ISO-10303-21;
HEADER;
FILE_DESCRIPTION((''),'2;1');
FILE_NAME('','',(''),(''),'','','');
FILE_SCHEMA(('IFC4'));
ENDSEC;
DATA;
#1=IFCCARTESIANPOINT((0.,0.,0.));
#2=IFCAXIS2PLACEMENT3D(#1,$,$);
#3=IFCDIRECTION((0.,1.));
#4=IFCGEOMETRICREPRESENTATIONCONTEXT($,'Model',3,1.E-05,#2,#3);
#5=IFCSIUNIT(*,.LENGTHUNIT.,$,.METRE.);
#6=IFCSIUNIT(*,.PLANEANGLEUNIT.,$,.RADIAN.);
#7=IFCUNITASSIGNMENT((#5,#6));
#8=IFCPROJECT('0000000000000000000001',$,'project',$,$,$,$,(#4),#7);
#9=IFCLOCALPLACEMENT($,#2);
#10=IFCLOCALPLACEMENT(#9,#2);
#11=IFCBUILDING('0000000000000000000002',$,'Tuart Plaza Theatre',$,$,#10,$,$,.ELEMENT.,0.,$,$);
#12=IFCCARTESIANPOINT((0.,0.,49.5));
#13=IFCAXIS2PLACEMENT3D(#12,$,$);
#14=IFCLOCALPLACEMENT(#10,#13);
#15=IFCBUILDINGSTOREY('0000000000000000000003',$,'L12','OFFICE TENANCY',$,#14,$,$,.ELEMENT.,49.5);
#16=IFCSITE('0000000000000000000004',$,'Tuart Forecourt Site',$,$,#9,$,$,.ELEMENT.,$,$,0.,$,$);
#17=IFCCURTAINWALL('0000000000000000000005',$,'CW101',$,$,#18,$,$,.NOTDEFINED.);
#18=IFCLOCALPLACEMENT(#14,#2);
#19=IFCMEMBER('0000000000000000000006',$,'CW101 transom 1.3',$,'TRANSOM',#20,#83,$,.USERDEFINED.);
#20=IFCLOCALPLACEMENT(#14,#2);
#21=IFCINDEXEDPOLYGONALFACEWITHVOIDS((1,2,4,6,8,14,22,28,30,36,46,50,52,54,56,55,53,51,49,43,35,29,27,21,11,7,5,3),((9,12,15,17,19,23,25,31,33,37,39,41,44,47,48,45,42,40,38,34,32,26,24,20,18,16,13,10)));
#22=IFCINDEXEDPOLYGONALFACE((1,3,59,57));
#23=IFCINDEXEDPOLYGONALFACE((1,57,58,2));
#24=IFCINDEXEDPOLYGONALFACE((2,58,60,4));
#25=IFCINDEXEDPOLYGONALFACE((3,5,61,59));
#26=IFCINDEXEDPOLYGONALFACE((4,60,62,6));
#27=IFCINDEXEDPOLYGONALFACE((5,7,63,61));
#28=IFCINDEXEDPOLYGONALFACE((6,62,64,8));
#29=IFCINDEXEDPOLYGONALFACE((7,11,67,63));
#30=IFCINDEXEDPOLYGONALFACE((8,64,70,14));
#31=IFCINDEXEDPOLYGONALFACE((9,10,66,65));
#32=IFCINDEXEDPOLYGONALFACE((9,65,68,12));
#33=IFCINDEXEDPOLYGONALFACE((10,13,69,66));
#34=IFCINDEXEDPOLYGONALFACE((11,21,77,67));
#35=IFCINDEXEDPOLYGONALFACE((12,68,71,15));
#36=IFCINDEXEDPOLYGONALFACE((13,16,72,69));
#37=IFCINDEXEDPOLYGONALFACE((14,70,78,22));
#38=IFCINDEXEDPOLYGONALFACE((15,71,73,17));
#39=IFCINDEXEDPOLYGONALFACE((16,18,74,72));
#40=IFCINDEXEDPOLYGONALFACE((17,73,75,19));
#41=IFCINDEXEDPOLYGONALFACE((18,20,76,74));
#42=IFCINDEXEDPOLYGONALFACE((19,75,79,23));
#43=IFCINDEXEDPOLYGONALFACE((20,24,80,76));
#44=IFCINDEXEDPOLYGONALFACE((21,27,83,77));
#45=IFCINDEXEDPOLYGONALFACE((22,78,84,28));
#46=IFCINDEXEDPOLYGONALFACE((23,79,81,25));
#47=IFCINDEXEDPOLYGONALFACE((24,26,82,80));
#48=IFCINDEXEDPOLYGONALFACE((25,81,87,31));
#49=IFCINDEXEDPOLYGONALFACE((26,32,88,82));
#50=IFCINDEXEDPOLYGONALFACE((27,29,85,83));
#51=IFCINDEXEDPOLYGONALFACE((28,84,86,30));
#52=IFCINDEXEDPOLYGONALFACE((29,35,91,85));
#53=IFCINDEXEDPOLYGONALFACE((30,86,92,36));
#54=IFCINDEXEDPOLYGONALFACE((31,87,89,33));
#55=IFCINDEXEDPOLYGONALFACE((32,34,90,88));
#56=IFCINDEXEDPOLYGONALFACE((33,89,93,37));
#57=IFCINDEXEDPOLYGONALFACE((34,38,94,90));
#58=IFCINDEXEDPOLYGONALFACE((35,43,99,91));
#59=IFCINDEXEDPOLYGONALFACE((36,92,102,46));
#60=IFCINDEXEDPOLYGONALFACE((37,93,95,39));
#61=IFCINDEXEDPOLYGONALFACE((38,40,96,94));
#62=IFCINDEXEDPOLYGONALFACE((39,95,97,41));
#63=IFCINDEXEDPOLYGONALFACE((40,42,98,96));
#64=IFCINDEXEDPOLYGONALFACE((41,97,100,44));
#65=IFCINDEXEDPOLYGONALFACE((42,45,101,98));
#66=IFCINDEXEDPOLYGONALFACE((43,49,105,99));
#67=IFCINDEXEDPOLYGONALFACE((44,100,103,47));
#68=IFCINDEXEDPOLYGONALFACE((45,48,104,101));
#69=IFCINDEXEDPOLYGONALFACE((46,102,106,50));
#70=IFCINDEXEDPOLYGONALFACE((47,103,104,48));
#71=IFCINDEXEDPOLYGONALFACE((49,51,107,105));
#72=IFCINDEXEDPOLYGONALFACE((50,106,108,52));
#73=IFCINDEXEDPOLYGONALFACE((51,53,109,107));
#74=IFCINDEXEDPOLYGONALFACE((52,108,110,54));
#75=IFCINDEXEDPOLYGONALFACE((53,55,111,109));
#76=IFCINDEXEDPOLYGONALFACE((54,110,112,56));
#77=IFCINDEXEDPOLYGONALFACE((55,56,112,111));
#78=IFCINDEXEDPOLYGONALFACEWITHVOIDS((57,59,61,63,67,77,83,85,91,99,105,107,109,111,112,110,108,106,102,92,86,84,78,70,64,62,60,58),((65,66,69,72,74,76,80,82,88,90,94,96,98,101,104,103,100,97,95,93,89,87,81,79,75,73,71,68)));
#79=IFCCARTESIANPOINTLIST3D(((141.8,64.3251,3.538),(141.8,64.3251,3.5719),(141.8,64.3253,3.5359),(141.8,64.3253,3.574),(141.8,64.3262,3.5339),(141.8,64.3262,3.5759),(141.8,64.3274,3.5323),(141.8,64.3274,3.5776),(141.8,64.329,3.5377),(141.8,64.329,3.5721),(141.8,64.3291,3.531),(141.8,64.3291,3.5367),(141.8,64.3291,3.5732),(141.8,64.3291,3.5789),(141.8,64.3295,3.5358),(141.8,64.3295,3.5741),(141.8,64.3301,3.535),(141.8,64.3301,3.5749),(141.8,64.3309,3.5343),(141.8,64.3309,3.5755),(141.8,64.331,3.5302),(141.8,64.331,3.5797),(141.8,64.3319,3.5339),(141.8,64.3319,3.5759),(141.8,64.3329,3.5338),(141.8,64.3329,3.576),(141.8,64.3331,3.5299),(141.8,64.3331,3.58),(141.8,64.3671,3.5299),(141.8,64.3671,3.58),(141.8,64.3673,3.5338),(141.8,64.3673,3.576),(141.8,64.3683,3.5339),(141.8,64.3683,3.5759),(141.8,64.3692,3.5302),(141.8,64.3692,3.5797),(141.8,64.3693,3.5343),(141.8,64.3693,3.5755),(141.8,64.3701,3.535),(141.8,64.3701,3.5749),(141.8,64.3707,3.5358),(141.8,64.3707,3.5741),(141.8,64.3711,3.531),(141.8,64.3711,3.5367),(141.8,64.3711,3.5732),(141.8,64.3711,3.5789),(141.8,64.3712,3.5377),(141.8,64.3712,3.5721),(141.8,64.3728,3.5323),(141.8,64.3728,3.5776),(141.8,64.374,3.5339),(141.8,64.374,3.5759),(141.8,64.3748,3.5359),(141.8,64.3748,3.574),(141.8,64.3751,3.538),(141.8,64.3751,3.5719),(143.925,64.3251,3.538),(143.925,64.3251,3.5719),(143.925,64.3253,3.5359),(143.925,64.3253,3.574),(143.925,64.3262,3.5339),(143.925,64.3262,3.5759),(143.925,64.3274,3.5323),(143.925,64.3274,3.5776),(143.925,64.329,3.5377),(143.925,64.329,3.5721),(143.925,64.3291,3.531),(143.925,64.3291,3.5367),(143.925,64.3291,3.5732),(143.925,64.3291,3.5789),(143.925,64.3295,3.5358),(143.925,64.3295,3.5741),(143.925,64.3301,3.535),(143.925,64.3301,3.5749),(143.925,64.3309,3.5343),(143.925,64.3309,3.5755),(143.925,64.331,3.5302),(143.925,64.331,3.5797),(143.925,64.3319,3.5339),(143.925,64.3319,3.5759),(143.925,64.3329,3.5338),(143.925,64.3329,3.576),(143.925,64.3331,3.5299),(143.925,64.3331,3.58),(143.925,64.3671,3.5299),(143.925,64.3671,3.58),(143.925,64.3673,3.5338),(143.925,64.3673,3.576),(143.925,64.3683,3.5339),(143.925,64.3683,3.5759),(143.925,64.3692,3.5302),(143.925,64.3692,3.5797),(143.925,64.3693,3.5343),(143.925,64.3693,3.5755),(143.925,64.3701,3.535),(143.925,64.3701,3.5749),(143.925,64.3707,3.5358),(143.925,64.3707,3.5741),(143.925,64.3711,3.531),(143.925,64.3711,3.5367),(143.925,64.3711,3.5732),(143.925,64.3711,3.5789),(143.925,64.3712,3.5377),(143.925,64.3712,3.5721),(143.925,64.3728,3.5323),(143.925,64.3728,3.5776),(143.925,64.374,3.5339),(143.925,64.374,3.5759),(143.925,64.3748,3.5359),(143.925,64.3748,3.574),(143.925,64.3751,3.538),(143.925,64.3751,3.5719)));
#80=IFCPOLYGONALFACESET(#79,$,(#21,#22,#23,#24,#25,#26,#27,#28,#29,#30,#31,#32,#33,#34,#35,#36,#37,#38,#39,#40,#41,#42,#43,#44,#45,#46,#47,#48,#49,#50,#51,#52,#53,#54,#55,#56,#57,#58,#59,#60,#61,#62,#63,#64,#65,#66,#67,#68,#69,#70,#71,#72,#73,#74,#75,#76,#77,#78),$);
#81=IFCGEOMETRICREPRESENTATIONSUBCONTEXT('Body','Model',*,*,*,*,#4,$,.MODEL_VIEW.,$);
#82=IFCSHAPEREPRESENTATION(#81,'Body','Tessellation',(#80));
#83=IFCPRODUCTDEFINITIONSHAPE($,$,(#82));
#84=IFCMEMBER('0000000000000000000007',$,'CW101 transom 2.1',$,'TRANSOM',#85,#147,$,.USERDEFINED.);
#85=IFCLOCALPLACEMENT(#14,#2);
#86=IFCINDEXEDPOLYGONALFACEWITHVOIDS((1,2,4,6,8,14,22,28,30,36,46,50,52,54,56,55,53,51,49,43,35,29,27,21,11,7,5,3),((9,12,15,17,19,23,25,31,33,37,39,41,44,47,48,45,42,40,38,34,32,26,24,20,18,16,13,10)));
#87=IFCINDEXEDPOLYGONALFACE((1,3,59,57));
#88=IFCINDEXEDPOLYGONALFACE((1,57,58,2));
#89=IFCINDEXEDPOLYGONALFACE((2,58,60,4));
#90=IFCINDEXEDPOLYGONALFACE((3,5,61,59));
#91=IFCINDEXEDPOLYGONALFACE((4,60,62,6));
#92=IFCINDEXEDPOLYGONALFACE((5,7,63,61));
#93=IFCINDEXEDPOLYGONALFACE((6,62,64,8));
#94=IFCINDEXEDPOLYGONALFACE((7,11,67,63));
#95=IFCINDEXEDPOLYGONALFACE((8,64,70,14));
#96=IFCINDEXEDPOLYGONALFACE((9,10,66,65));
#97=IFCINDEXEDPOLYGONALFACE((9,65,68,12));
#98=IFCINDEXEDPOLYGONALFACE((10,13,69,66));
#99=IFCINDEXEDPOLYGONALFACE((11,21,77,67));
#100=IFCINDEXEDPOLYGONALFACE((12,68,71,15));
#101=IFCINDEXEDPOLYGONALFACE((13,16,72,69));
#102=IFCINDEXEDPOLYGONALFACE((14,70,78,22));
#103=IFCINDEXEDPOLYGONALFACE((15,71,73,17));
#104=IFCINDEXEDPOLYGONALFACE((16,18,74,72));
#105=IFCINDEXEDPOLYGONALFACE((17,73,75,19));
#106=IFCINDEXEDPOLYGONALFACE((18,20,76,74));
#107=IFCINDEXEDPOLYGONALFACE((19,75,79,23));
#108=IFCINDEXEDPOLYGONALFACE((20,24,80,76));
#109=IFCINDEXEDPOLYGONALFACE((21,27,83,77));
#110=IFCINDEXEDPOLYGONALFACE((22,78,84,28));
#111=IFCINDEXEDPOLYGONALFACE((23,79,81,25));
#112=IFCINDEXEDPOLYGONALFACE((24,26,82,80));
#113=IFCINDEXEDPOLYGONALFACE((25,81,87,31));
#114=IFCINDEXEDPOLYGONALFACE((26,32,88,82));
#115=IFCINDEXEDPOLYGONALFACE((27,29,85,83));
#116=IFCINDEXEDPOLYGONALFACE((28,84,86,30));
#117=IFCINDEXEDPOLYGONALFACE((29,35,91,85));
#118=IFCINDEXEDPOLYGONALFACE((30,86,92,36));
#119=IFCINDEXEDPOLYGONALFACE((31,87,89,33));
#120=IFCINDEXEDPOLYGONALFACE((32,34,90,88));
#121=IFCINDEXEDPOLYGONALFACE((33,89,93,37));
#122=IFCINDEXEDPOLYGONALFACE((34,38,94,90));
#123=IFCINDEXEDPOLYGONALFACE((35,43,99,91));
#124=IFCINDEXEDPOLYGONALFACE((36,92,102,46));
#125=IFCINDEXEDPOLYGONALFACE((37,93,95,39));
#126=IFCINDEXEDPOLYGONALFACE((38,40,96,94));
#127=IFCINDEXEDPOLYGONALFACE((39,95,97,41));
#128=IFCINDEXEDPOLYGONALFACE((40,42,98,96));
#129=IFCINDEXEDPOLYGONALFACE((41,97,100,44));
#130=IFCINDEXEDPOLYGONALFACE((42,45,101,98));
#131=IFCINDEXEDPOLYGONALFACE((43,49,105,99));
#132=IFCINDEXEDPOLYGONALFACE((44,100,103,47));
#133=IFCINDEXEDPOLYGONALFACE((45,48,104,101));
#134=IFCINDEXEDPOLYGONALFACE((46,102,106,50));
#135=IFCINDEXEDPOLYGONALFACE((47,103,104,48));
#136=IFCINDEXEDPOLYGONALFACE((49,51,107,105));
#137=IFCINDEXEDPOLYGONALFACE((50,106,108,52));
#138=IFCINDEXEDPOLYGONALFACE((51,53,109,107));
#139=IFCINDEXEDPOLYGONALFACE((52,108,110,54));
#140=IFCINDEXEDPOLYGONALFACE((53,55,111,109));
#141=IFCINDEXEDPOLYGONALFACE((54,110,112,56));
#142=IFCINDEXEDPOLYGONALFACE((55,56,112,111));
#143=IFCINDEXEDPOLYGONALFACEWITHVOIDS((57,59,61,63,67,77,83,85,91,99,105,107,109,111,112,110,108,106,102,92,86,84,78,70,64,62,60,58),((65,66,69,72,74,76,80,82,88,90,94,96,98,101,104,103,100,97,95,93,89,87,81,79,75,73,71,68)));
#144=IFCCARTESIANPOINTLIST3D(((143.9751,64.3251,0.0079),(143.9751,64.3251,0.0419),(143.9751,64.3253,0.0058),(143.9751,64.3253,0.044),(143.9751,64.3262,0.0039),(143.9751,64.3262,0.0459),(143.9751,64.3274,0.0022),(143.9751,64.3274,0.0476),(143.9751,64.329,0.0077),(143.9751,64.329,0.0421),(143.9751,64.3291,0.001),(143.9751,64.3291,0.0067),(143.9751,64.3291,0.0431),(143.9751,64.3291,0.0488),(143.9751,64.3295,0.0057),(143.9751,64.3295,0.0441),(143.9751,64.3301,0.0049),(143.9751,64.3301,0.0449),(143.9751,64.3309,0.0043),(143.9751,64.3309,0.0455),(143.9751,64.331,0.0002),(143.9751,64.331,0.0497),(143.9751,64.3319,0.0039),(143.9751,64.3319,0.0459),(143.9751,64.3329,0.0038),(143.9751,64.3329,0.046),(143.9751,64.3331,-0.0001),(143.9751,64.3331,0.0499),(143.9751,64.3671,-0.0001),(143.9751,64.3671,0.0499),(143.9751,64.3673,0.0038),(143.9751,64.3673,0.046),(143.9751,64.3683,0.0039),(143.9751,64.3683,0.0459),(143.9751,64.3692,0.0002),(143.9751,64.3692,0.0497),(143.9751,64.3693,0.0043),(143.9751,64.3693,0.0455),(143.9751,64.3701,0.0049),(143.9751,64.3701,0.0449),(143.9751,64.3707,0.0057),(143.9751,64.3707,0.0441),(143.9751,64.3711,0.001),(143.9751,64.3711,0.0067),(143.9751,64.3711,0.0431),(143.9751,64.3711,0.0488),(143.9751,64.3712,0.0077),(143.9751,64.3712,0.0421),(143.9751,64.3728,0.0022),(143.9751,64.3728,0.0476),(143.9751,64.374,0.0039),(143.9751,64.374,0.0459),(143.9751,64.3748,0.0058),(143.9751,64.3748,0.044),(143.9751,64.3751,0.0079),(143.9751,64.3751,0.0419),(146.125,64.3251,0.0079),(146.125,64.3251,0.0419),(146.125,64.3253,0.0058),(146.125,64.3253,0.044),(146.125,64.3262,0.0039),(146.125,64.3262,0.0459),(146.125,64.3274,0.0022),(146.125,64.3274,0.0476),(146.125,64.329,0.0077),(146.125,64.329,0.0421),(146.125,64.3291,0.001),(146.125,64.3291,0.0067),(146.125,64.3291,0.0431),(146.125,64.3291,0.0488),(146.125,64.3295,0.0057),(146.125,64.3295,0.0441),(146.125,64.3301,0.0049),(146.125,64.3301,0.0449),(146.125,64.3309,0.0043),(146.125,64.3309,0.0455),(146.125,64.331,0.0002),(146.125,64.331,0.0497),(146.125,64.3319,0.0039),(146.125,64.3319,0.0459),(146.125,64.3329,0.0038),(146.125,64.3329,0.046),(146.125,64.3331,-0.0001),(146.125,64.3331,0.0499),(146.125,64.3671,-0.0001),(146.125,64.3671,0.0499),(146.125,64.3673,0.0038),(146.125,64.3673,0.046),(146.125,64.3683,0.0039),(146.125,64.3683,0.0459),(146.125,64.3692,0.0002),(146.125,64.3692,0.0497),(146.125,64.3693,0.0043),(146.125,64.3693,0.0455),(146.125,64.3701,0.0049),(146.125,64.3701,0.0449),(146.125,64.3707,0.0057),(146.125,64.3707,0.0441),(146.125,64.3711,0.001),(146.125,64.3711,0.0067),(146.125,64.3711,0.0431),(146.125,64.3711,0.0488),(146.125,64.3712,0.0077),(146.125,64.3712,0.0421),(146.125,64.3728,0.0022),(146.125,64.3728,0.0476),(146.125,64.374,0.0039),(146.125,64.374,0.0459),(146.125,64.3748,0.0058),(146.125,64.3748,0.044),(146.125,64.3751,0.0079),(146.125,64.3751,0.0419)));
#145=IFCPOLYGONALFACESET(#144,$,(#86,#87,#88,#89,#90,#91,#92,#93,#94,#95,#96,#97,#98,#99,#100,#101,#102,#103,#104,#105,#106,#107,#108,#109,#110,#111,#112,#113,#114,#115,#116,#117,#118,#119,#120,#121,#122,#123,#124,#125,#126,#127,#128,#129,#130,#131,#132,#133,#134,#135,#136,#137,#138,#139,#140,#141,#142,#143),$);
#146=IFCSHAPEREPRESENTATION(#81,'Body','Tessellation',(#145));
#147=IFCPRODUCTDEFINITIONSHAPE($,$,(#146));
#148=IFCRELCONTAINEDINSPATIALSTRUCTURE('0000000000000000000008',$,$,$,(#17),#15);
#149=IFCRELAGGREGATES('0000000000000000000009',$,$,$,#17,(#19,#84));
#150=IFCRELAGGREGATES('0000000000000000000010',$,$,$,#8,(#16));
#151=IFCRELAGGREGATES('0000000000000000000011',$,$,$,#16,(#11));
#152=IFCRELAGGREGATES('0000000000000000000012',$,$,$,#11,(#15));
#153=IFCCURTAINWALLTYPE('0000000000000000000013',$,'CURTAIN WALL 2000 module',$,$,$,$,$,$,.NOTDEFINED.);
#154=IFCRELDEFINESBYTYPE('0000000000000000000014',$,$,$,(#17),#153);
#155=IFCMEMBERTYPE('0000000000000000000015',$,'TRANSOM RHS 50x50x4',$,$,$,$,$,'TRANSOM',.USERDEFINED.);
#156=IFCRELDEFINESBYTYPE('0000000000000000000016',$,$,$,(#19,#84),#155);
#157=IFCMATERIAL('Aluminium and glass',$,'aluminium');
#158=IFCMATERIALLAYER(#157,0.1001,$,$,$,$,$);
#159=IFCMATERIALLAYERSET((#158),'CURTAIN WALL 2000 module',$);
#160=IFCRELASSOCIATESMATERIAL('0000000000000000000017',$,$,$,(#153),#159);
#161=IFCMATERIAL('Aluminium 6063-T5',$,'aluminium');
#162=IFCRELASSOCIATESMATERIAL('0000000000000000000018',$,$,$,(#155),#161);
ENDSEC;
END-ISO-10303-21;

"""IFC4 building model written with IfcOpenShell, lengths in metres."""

from ifc_helpers import new_model, si_unit, direction, frame, origin, origin_2d, place, context, subcontext, project, spatial, hollow_rectangle, extrude, material, layer, layer_set, material_profile, profile_set, type_object, element, aggregate, save


model = new_model("IFC4")

# Units and contexts
model_context = context("Model", 3, precision=1e-05, world=origin(), true_north=direction((0.0, 1.0)))
body_context = subcontext(model_context, "Body", "Model", "MODEL_VIEW")
ifc_project = project(units=[si_unit("LENGTHUNIT", "METRE"), si_unit("PLANEANGLEUNIT", "RADIAN")], contexts=[model_context])

# Site, building, storey
site_placement = place(None, origin())
site = spatial("IfcSite", under=ifc_project, at=site_placement, Name="Tuart Forecourt Site", CompositionType="ELEMENT", RefElevation=0.0)
building_placement = place(site_placement, origin())
building = spatial("IfcBuilding", under=site, at=building_placement, Name="Tuart Plaza Theatre", CompositionType="ELEMENT", ElevationOfRefHeight=0.0)
storey_placement = place(building_placement, frame((0.0, 0.0, 49.5)))
storey = spatial("IfcBuildingStorey", under=building, at=storey_placement, Name="L12", Description="OFFICE TENANCY", CompositionType="ELEMENT", Elevation=49.5)

# Curtain wall
ifc_material_1 = material(Name="Aluminium and glass", Category="aluminium")
ifc_layer_1 = layer(ifc_material_1, 0.1001)
ifc_layer_set_1 = layer_set([ifc_layer_1], Name="CURTAIN WALL 2000 module")
curtain_wall_type = type_object("IfcCurtainWallType", Name="CURTAIN WALL 2000 module", PredefinedType="NOTDEFINED", material=ifc_layer_set_1)
curtain_wall_1_placement = place(storey_placement, origin())
curtain_wall_1 = element("IfcCurtainWall", 1, at=curtain_wall_1_placement, inside=storey, type_object=curtain_wall_type, Name="CW101", PredefinedType="NOTDEFINED")

# Members
ifc_material_2 = material(Name="Aluminium 6063-T5", Category="aluminium")
ifc_material_profile_1 = material_profile(ifc_material_2, hollow_rectangle(XDim=0.05, YDim=0.05, WallThickness=0.0039, InnerFilletRadius=0.0039, OuterFilletRadius=0.0081, at=origin_2d()), Name="RHS 50x50x4")
ifc_profile_set_1 = profile_set([ifc_material_profile_1], Name="Aluminium 6063-T5")
member_type_1 = type_object("IfcMemberType", Name="TRANSOM RHS 50x50x4", ElementType="TRANSOM", PredefinedType="USERDEFINED", material=ifc_profile_set_1)
member_1_placement = place(storey_placement, frame((141.8, 64.3501, 3.5549), z_axis=(1.0, 0.0, 0.0), x_axis=(0.0, 1.0, 0.0)))
member_1 = element("IfcMember", 2, at=member_1_placement, type_object=member_type_1, Name="CW101 transom 1.3", ObjectType="TRANSOM", PredefinedType="USERDEFINED", context=body_context, shape_type="SweptSolid", body=[
    extrude(hollow_rectangle(XDim=0.05, YDim=0.05, WallThickness=0.0039, InnerFilletRadius=0.0039, OuterFilletRadius=0.0081, at=origin_2d()), origin(), (0.0, 0.0, 1.0), 2.125),
])
member_2_placement = place(storey_placement, frame((143.9751, 64.3501, 0.0249), z_axis=(1.0, 0.0, 0.0), x_axis=(0.0, 1.0, 0.0)))
member_2 = element("IfcMember", 3, at=member_2_placement, type_object=member_type_1, Name="CW101 transom 2.1", ObjectType="TRANSOM", PredefinedType="USERDEFINED", context=body_context, shape_type="SweptSolid", body=[
    extrude(hollow_rectangle(XDim=0.05, YDim=0.05, WallThickness=0.0039, InnerFilletRadius=0.0039, OuterFilletRadius=0.0081, at=origin_2d()), origin(), (0.0, 0.0, 1.0), 2.1499),
])

aggregate(curtain_wall_1, [member_1, member_2])

save(model, "model.ifc")
